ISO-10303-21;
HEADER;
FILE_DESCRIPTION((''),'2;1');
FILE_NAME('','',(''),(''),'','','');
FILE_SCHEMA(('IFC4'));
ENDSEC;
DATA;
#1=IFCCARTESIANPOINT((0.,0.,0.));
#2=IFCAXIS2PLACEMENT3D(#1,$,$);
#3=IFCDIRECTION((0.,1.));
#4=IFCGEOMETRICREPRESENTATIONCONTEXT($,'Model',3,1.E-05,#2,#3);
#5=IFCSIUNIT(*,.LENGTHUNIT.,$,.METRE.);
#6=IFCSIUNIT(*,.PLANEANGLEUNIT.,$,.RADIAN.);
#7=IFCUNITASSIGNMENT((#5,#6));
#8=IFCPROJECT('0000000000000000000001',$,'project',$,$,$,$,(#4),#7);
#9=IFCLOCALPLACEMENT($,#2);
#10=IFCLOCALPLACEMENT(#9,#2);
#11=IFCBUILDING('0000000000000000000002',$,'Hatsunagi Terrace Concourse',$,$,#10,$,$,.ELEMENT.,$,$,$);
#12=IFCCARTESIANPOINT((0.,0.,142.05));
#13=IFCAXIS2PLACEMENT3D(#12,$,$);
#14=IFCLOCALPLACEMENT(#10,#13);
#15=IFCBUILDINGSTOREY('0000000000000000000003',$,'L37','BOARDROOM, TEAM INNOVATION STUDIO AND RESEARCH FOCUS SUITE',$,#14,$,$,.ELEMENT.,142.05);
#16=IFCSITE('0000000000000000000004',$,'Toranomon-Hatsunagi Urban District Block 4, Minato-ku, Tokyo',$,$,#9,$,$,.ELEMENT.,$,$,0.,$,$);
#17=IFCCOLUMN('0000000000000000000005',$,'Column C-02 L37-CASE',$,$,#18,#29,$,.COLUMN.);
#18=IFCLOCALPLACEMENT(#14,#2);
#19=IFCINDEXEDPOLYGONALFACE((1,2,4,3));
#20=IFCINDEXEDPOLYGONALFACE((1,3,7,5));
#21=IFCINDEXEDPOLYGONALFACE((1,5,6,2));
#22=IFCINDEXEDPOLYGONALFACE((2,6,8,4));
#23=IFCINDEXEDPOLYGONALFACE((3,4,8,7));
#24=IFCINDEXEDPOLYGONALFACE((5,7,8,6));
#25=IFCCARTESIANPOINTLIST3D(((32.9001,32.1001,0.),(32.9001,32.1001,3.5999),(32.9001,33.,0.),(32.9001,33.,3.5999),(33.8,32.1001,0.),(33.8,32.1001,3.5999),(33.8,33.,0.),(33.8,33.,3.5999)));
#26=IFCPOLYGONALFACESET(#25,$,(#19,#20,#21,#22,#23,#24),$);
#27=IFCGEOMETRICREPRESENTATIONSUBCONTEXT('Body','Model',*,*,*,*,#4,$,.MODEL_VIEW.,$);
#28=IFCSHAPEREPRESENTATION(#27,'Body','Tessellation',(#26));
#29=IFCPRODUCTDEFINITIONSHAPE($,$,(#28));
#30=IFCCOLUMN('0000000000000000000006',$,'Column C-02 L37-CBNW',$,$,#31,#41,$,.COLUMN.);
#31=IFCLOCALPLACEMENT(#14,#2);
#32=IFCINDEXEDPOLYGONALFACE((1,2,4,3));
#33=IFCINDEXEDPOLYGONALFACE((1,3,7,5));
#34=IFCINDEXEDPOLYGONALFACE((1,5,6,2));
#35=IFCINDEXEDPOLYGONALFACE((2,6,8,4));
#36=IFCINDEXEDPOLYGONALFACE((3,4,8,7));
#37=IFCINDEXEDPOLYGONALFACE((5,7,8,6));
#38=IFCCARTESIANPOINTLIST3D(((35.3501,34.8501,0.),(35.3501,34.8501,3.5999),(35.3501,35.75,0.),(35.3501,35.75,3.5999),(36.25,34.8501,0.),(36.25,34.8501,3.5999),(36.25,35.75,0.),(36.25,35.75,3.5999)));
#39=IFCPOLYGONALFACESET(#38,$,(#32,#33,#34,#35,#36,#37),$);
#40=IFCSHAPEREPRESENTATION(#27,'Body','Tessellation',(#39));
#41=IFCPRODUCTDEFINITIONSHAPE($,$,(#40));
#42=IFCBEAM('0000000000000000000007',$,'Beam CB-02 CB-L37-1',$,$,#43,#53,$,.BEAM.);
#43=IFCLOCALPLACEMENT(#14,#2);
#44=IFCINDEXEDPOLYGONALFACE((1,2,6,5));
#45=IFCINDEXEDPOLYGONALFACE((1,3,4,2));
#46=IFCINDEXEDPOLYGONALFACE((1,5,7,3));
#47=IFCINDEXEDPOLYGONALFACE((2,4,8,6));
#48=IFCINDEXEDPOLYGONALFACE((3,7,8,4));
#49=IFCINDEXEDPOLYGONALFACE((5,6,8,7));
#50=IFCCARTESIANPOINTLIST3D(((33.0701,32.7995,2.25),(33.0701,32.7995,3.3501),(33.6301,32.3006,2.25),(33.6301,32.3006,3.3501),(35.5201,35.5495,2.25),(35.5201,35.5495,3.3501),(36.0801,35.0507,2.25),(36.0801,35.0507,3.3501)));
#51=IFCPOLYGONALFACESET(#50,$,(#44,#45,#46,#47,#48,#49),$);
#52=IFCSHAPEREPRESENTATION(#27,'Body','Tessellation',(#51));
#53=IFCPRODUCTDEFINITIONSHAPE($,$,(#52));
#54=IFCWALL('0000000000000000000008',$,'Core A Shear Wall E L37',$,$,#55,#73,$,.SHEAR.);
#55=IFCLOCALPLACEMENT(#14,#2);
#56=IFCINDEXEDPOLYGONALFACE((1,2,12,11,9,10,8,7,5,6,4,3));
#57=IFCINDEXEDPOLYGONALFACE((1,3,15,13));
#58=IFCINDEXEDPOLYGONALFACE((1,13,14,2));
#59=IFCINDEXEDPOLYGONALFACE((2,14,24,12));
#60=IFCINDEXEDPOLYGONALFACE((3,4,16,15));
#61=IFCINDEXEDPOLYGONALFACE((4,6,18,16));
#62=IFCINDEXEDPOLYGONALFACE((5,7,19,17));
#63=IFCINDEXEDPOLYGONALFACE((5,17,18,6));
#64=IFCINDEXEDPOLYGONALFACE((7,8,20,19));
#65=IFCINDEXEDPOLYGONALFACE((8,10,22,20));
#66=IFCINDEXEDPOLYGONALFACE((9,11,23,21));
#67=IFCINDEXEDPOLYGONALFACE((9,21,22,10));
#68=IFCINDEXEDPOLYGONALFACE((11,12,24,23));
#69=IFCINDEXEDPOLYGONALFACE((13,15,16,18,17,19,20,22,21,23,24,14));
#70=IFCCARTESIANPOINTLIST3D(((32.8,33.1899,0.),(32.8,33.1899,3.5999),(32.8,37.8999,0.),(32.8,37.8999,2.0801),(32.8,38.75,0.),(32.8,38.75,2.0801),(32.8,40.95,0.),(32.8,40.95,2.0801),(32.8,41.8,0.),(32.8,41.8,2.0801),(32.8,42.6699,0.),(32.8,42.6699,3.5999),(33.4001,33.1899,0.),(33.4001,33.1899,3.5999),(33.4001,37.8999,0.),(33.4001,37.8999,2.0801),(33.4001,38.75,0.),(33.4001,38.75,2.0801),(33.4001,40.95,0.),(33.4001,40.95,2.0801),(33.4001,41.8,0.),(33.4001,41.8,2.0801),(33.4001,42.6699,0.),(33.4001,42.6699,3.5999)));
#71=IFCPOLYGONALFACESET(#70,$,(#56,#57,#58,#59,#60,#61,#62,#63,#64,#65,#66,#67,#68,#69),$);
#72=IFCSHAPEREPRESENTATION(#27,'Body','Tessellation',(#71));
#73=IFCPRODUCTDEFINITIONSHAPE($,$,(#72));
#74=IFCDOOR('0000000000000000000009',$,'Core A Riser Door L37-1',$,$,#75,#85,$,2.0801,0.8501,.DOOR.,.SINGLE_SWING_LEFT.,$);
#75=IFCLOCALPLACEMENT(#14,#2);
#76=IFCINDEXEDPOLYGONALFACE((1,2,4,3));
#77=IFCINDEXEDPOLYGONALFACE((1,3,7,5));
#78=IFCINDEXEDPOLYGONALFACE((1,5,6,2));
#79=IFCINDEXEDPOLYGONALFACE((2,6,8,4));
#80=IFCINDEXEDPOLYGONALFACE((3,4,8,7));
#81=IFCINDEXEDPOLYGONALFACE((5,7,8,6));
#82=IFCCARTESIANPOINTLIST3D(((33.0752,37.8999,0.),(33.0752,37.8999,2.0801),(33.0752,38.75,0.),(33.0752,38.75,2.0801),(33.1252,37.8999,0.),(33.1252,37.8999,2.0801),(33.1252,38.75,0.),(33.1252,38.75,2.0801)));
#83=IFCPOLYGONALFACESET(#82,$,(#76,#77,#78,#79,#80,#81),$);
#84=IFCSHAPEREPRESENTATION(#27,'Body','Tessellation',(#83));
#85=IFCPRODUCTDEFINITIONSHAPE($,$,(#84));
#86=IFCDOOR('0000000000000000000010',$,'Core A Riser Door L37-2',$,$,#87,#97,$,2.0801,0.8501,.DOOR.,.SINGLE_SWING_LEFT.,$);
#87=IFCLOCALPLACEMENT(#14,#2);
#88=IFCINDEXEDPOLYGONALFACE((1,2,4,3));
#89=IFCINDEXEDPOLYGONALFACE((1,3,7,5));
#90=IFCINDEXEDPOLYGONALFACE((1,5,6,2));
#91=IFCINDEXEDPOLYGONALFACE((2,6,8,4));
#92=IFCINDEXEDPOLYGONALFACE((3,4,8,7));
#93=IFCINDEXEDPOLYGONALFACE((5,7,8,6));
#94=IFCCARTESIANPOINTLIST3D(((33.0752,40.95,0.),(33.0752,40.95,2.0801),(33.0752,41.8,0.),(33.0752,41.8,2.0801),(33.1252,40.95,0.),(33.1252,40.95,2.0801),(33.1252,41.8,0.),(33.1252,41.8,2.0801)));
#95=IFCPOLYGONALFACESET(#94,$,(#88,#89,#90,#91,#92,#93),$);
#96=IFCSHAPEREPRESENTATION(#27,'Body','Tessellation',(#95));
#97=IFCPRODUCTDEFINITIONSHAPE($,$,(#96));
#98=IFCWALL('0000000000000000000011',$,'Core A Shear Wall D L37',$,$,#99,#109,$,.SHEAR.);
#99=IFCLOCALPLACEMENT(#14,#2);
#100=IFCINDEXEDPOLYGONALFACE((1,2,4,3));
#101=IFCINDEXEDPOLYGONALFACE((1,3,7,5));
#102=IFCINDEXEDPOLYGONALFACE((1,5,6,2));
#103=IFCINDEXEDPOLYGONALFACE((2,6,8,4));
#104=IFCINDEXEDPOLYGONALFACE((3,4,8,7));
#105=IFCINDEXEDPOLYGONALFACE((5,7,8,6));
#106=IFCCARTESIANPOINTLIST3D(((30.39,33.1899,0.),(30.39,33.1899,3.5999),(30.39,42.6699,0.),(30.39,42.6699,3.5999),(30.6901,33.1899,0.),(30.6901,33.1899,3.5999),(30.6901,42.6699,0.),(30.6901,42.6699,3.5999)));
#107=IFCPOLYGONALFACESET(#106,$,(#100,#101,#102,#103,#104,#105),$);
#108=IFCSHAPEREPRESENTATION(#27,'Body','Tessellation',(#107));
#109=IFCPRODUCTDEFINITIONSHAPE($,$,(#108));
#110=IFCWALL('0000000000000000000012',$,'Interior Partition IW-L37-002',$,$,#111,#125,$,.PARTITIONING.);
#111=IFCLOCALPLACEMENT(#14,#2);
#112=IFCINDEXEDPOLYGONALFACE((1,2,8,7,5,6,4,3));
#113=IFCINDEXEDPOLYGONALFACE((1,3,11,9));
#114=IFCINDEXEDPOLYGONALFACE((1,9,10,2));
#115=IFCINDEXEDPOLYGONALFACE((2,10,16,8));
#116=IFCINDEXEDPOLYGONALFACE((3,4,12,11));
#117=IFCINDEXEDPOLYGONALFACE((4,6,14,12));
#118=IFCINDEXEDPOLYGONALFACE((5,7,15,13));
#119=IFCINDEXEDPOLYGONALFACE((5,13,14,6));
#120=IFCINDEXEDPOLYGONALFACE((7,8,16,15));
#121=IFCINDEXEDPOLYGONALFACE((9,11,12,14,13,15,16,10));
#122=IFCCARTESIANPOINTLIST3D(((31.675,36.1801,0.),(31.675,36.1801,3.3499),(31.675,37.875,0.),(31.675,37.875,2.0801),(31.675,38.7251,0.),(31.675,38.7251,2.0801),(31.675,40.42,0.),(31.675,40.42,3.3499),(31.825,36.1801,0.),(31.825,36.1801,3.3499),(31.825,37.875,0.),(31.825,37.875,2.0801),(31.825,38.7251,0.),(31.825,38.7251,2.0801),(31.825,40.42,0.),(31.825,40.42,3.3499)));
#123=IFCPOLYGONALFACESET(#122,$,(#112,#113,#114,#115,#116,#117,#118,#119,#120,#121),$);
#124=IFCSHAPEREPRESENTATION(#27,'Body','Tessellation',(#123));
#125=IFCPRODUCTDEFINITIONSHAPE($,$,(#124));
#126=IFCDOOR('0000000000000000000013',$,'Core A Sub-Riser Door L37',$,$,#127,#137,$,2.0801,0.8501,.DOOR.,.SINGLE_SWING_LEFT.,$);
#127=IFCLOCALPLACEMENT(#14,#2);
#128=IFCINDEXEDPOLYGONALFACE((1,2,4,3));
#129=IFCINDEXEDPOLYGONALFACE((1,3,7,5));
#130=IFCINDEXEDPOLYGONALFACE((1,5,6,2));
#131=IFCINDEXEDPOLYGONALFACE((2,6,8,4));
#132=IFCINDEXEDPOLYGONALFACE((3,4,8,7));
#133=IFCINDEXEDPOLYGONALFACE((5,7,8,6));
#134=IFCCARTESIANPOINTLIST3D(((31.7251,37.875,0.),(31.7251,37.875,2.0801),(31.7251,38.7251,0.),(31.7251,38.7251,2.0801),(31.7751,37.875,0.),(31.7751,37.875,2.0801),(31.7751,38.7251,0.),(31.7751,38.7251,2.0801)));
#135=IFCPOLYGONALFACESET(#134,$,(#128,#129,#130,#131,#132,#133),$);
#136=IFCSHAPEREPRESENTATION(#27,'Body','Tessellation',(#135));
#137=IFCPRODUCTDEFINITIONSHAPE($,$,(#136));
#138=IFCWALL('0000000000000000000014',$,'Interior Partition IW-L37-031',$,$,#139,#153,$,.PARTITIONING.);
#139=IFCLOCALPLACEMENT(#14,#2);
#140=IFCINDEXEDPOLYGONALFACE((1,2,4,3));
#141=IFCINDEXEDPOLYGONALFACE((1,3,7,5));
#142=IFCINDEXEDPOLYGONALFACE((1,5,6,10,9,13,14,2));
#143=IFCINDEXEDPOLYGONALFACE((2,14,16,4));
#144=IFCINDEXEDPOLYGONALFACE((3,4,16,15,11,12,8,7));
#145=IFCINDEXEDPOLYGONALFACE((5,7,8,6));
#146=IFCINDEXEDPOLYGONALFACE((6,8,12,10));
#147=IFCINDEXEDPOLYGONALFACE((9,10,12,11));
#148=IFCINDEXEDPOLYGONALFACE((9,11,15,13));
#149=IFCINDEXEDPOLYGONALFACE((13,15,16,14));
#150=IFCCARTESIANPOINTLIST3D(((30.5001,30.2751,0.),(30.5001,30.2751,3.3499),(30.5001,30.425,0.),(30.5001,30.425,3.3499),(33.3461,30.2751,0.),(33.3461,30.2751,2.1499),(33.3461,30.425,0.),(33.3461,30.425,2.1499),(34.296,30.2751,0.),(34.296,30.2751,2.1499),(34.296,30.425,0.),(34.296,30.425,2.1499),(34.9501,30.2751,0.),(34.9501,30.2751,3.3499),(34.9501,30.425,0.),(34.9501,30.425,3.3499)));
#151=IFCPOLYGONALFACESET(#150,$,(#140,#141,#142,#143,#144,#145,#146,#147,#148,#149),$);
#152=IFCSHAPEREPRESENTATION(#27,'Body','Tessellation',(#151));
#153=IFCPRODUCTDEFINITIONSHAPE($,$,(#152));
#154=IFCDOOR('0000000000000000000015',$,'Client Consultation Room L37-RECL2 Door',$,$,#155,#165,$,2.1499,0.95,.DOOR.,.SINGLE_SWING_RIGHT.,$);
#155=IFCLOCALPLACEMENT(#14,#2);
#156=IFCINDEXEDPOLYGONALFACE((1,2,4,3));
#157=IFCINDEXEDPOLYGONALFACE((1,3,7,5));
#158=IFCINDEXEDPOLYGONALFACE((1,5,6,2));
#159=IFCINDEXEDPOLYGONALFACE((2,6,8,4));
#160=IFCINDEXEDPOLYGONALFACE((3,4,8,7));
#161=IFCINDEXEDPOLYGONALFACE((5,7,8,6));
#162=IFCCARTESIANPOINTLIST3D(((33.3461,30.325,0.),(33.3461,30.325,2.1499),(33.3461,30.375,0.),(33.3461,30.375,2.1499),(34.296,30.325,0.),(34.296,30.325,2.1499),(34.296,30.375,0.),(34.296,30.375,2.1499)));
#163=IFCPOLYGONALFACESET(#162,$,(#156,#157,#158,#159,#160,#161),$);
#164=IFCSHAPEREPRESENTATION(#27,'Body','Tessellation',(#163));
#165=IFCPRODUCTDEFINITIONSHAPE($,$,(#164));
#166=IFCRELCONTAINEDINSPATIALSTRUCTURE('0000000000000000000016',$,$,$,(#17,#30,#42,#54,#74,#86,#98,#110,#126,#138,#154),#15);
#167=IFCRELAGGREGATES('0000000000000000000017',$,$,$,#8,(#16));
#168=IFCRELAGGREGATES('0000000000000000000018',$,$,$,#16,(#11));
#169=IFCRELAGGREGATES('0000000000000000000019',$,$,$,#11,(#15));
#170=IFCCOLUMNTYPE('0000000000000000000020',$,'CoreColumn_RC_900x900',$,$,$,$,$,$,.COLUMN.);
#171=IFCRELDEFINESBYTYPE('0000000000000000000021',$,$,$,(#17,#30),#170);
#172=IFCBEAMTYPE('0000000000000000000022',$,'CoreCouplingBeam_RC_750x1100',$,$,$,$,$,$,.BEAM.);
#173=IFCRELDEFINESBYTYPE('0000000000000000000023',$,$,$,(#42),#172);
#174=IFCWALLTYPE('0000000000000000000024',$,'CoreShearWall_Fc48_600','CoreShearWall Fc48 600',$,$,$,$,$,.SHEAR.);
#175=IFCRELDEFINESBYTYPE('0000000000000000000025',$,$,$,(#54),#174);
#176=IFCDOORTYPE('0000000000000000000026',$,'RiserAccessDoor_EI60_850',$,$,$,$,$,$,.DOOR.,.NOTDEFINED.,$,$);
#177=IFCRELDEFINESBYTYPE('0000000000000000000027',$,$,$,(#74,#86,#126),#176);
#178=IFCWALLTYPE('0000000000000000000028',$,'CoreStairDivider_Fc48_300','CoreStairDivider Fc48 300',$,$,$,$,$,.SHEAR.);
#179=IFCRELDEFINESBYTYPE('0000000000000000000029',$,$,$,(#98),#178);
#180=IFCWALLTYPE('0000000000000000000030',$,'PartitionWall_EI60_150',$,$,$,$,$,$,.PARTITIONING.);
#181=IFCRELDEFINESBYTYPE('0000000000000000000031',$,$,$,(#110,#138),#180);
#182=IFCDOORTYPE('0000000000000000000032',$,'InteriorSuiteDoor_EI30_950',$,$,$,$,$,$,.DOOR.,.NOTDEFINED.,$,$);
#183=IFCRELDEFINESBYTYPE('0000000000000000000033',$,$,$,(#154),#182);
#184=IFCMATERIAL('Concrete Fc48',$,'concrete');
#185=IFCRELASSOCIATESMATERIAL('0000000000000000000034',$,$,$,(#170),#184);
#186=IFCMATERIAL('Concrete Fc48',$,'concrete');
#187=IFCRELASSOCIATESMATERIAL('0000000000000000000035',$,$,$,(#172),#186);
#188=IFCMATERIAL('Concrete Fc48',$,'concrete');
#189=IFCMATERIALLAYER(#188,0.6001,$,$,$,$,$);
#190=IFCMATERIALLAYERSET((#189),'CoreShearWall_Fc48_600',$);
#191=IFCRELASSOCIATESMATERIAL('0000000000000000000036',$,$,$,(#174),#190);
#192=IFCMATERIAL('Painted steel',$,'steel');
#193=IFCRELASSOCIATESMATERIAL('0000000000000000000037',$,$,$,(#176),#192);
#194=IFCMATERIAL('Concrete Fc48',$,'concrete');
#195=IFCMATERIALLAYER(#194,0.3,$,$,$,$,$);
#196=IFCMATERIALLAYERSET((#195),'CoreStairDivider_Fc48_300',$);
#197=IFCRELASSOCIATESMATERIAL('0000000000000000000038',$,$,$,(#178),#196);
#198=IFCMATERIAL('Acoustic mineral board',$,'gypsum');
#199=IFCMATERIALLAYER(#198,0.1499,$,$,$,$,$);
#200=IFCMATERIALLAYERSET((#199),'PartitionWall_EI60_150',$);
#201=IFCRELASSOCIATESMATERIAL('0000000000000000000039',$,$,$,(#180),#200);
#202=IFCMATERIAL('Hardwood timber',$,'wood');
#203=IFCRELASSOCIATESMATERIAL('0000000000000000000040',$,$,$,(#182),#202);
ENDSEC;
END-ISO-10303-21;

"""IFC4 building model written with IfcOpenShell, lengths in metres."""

from ifc_helpers import new_model, si_unit, direction, frame, frame_2d, origin, origin_2d, place, context, subcontext, project, spatial, rectangle, extrude, material, layer, layer_set, material_profile, profile_set, type_object, element, fill, save


model = new_model("IFC4")

# Units and contexts
model_context = context("Model", 3, precision=1e-05, world=origin(), true_north=direction((0.0, 1.0)))
body_context = subcontext(model_context, "Body", "Model", "MODEL_VIEW")
ifc_project = project(units=[si_unit("LENGTHUNIT", "METRE"), si_unit("PLANEANGLEUNIT", "RADIAN")], contexts=[model_context])

# Site, building, storey
site_placement = place(None, origin())
site = spatial("IfcSite", under=ifc_project, at=site_placement, Name="Toranomon-Hatsunagi Urban District Block 4, Minato-ku, Tokyo", CompositionType="ELEMENT", RefElevation=0.0)
building_placement = place(site_placement, origin())
building = spatial("IfcBuilding", under=site, at=building_placement, Name="Hatsunagi Terrace Concourse", CompositionType="ELEMENT")
storey_placement = place(building_placement, frame((0.0, 0.0, 142.05)))
storey = spatial("IfcBuildingStorey", under=building, at=storey_placement, Name="L37", Description="BOARDROOM, TEAM INNOVATION STUDIO AND RESEARCH FOCUS SUITE", CompositionType="ELEMENT", Elevation=142.05)

# Columns
ifc_material_1 = material(Name="Concrete Fc48", Category="concrete")
ifc_material_profile_1 = material_profile(ifc_material_1, rectangle(XDim=0.8999, YDim=0.8999, at=origin_2d()), Name="RC-900x900")
ifc_profile_set_1 = profile_set([ifc_material_profile_1], Name="Concrete Fc48")
column_type = type_object("IfcColumnType", Name="CoreColumn_RC_900x900", PredefinedType="COLUMN", material=ifc_profile_set_1)
for number, where, z_axis, x_axis, name in (
    (1, (33.3501, 32.55, 0.0), (0.0, 0.0, 1.0), (1.0, 0.0, 0.0), "Column C-02 L37-CASE"),
    (2, (35.8, 35.3, 0.0), (0.0, 0.0, 1.0), (1.0, 0.0, 0.0), "Column C-02 L37-CBNW"),
):
    element("IfcColumn", number, at=place(storey_placement, frame(where, z_axis=z_axis, x_axis=x_axis)), inside=storey, type_object=column_type, Name=name, PredefinedType="COLUMN", context=body_context, shape_type="SweptSolid", body=[
        extrude(rectangle(XDim=0.8999, YDim=0.8999, at=origin_2d()), origin(), (0.0, 0.0, 1.0), 3.5999),
    ])

# Beam
ifc_material_2 = material(Name="Concrete Fc48", Category="concrete")
ifc_material_profile_2 = material_profile(ifc_material_2, rectangle(XDim=0.75, YDim=1.1001, at=origin_2d()), Name="RC-750x1100")
ifc_profile_set_2 = profile_set([ifc_material_profile_2], Name="Concrete Fc48")
beam_type = type_object("IfcBeamType", Name="CoreCouplingBeam_RC_750x1100", PredefinedType="BEAM", material=ifc_profile_set_2)
beam_placement = place(storey_placement, frame((33.3501, 32.55, 2.8), z_axis=(0.665199, 0.746666, 0.0), x_axis=(-0.746666, 0.665199, 0.0)))
element("IfcBeam", 3, at=beam_placement, inside=storey, type_object=beam_type, Name="Beam CB-02 CB-L37-1", PredefinedType="BEAM", context=body_context, shape_type="SweptSolid", body=[
    extrude(rectangle(XDim=0.75, YDim=1.1001, at=origin_2d()), origin(), (0.0, 0.0, 1.0), 3.6831),
])

# Wall, openings, doors
ifc_material_3 = material(Name="Concrete Fc48", Category="concrete")
ifc_layer_1 = layer(ifc_material_3, 0.6001)
ifc_layer_set_1 = layer_set([ifc_layer_1], Name="CoreShearWall_Fc48_600")
wall_type_1 = type_object("IfcWallType", Name="CoreShearWall_Fc48_600", Description="CoreShearWall Fc48 600", PredefinedType="SHEAR", material=ifc_layer_set_1)
wall_1_placement = place(storey_placement, frame((33.1001, 33.1899, 0.0), z_axis=(0.0, 0.0, 1.0), x_axis=(0.0, 1.0, 0.0)))
wall_1 = element("IfcWall", 4, at=wall_1_placement, inside=storey, type_object=wall_type_1, Name="Core A Shear Wall E L37", PredefinedType="SHEAR", context=body_context, shape_type="SweptSolid", body=[
    extrude(rectangle(XDim=9.48, YDim=0.6001, at=frame_2d((4.74, 0.0))), origin(), (0.0, 0.0, 1.0), 3.5999),
])
opening_1_placement = place(wall_1_placement, frame((4.71, 0.0, 0.0)))
opening_1 = element("IfcOpeningElement", 5, at=opening_1_placement, cuts=wall_1, PredefinedType="OPENING", context=body_context, shape_type="SweptSolid", body=[
    extrude(rectangle(XDim=0.8501, YDim=2.0801, at=frame_2d((0.425, 1.04))), frame((0.0, 0.3101, 0.0), z_axis=(0.0, -1.0, 0.0), x_axis=(1.0, 0.0, 0.0)), (0.0, 0.0, 1.0), 0.6201),
])
opening_2_placement = place(wall_1_placement, frame((7.76, 0.0, 0.0)))
opening_2 = element("IfcOpeningElement", 6, at=opening_2_placement, cuts=wall_1, PredefinedType="OPENING", context=body_context, shape_type="SweptSolid", body=[
    extrude(rectangle(XDim=0.8501, YDim=2.0801, at=frame_2d((0.425, 1.04))), frame((0.0, 0.3101, 0.0), z_axis=(0.0, -1.0, 0.0), x_axis=(1.0, 0.0, 0.0)), (0.0, 0.0, 1.0), 0.6201),
])
ifc_material_4 = material(Name="Painted steel", Category="steel")
door_type_1 = type_object("IfcDoorType", Name="RiserAccessDoor_EI60_850", OperationType="NOTDEFINED", PredefinedType="DOOR", material=ifc_material_4)
door_1_placement = place(opening_1_placement, origin())
door_1 = element("IfcDoor", 7, at=door_1_placement, inside=storey, type_object=door_type_1, Name="Core A Riser Door L37-1", OperationType="SINGLE_SWING_LEFT", OverallHeight=2.0801, OverallWidth=0.8501, PredefinedType="DOOR", context=body_context, shape_type="SweptSolid", body=[
    extrude(rectangle(XDim=0.8501, YDim=2.0801, at=frame_2d((0.425, 1.04))), frame((0.0, 0.0249, 0.0), z_axis=(0.0, -1.0, 0.0), x_axis=(1.0, 0.0, 0.0)), (0.0, 0.0, 1.0), 0.05),
])
fill(opening_1, door_1)
door_2_placement = place(opening_2_placement, origin())
door_2 = element("IfcDoor", 8, at=door_2_placement, inside=storey, type_object=door_type_1, Name="Core A Riser Door L37-2", OperationType="SINGLE_SWING_LEFT", OverallHeight=2.0801, OverallWidth=0.8501, PredefinedType="DOOR", context=body_context, shape_type="SweptSolid", body=[
    extrude(rectangle(XDim=0.8501, YDim=2.0801, at=frame_2d((0.425, 1.04))), frame((0.0, 0.0249, 0.0), z_axis=(0.0, -1.0, 0.0), x_axis=(1.0, 0.0, 0.0)), (0.0, 0.0, 1.0), 0.05),
])
fill(opening_2, door_2)

# Wall
ifc_material_5 = material(Name="Concrete Fc48", Category="concrete")
ifc_layer_2 = layer(ifc_material_5, 0.3)
ifc_layer_set_2 = layer_set([ifc_layer_2], Name="CoreStairDivider_Fc48_300")
wall_type_2 = type_object("IfcWallType", Name="CoreStairDivider_Fc48_300", Description="CoreStairDivider Fc48 300", PredefinedType="SHEAR", material=ifc_layer_set_2)
wall_2_placement = place(storey_placement, frame((30.54, 33.1899, 0.0), z_axis=(0.0, 0.0, 1.0), x_axis=(0.0, 1.0, 0.0)))
element("IfcWall", 9, at=wall_2_placement, inside=storey, type_object=wall_type_2, Name="Core A Shear Wall D L37", PredefinedType="SHEAR", context=body_context, shape_type="SweptSolid", body=[
    extrude(rectangle(XDim=9.48, YDim=0.3, at=frame_2d((4.74, 0.0))), origin(), (0.0, 0.0, 1.0), 3.5999),
])

# Walls, openings, doors
ifc_material_6 = material(Name="Acoustic mineral board", Category="gypsum")
ifc_layer_3 = layer(ifc_material_6, 0.1499)
ifc_layer_set_3 = layer_set([ifc_layer_3], Name="PartitionWall_EI60_150")
wall_type_3 = type_object("IfcWallType", Name="PartitionWall_EI60_150", PredefinedType="PARTITIONING", material=ifc_layer_set_3)
wall_3_placement = place(storey_placement, frame((31.75, 36.1799, 0.0), z_axis=(0.0, 0.0, 1.0), x_axis=(0.0, 1.0, 0.0)))
wall_3 = element("IfcWall", 10, at=wall_3_placement, inside=storey, type_object=wall_type_3, Name="Interior Partition IW-L37-002", PredefinedType="PARTITIONING", context=body_context, shape_type="SweptSolid", body=[
    extrude(rectangle(XDim=4.24, YDim=0.1499, at=frame_2d((2.1201, 0.0))), origin(), (0.0, 0.0, 1.0), 3.3499),
])
opening_3_placement = place(wall_3_placement, frame((1.6951, 0.0, 0.0)))
opening_3 = element("IfcOpeningElement", 11, at=opening_3_placement, cuts=wall_3, PredefinedType="OPENING", context=body_context, shape_type="SweptSolid", body=[
    extrude(rectangle(XDim=0.8501, YDim=2.0801, at=frame_2d((0.425, 1.04))), frame((0.0, 0.085, 0.0), z_axis=(0.0, -1.0, 0.0), x_axis=(1.0, 0.0, 0.0)), (0.0, 0.0, 1.0), 0.1699),
])
door_3_placement = place(opening_3_placement, origin())
door_3 = element("IfcDoor", 12, at=door_3_placement, inside=storey, type_object=door_type_1, Name="Core A Sub-Riser Door L37", OperationType="SINGLE_SWING_LEFT", OverallHeight=2.0801, OverallWidth=0.8501, PredefinedType="DOOR", context=body_context, shape_type="SweptSolid", body=[
    extrude(rectangle(XDim=0.8501, YDim=2.0801, at=frame_2d((0.425, 1.04))), frame((0.0, 0.0249, 0.0), z_axis=(0.0, -1.0, 0.0), x_axis=(1.0, 0.0, 0.0)), (0.0, 0.0, 1.0), 0.05),
])
fill(opening_3, door_3)
wall_4_placement = place(storey_placement, frame((30.5, 30.3501, 0.0), z_axis=(0.0, 0.0, 1.0), x_axis=(1.0, 0.0, 0.0)))
wall_4 = element("IfcWall", 13, at=wall_4_placement, inside=storey, type_object=wall_type_3, Name="Interior Partition IW-L37-031", PredefinedType="PARTITIONING", context=body_context, shape_type="SweptSolid", body=[
    extrude(rectangle(XDim=4.45, YDim=0.1499, at=frame_2d((2.2251, 0.0))), origin(), (0.0, 0.0, 1.0), 3.3499),
])
opening_4_placement = place(wall_4_placement, frame((2.8459, 0.0, 0.0)))
opening_4 = element("IfcOpeningElement", 14, at=opening_4_placement, cuts=wall_4, PredefinedType="OPENING", context=body_context, shape_type="SweptSolid", body=[
    extrude(rectangle(XDim=0.95, YDim=2.1499, at=frame_2d((0.4751, 1.075))), frame((0.0, 0.085, 0.0), z_axis=(0.0, -1.0, 0.0), x_axis=(1.0, 0.0, 0.0)), (0.0, 0.0, 1.0), 0.1699),
])
ifc_material_7 = material(Name="Hardwood timber", Category="wood")
door_type_2 = type_object("IfcDoorType", Name="InteriorSuiteDoor_EI30_950", OperationType="NOTDEFINED", PredefinedType="DOOR", material=ifc_material_7)
door_4_placement = place(opening_4_placement, origin())
door_4 = element("IfcDoor", 15, at=door_4_placement, inside=storey, type_object=door_type_2, Name="Client Consultation Room L37-RECL2 Door", OperationType="SINGLE_SWING_RIGHT", OverallHeight=2.1499, OverallWidth=0.95, PredefinedType="DOOR", context=body_context, shape_type="SweptSolid", body=[
    extrude(rectangle(XDim=0.95, YDim=2.1499, at=frame_2d((0.4751, 1.075))), frame((0.0, 0.0249, 0.0), z_axis=(0.0, -1.0, 0.0), x_axis=(1.0, 0.0, 0.0)), (0.0, 0.0, 1.0), 0.05),
])
fill(opening_4, door_4)

save(model, "model.ifc")
